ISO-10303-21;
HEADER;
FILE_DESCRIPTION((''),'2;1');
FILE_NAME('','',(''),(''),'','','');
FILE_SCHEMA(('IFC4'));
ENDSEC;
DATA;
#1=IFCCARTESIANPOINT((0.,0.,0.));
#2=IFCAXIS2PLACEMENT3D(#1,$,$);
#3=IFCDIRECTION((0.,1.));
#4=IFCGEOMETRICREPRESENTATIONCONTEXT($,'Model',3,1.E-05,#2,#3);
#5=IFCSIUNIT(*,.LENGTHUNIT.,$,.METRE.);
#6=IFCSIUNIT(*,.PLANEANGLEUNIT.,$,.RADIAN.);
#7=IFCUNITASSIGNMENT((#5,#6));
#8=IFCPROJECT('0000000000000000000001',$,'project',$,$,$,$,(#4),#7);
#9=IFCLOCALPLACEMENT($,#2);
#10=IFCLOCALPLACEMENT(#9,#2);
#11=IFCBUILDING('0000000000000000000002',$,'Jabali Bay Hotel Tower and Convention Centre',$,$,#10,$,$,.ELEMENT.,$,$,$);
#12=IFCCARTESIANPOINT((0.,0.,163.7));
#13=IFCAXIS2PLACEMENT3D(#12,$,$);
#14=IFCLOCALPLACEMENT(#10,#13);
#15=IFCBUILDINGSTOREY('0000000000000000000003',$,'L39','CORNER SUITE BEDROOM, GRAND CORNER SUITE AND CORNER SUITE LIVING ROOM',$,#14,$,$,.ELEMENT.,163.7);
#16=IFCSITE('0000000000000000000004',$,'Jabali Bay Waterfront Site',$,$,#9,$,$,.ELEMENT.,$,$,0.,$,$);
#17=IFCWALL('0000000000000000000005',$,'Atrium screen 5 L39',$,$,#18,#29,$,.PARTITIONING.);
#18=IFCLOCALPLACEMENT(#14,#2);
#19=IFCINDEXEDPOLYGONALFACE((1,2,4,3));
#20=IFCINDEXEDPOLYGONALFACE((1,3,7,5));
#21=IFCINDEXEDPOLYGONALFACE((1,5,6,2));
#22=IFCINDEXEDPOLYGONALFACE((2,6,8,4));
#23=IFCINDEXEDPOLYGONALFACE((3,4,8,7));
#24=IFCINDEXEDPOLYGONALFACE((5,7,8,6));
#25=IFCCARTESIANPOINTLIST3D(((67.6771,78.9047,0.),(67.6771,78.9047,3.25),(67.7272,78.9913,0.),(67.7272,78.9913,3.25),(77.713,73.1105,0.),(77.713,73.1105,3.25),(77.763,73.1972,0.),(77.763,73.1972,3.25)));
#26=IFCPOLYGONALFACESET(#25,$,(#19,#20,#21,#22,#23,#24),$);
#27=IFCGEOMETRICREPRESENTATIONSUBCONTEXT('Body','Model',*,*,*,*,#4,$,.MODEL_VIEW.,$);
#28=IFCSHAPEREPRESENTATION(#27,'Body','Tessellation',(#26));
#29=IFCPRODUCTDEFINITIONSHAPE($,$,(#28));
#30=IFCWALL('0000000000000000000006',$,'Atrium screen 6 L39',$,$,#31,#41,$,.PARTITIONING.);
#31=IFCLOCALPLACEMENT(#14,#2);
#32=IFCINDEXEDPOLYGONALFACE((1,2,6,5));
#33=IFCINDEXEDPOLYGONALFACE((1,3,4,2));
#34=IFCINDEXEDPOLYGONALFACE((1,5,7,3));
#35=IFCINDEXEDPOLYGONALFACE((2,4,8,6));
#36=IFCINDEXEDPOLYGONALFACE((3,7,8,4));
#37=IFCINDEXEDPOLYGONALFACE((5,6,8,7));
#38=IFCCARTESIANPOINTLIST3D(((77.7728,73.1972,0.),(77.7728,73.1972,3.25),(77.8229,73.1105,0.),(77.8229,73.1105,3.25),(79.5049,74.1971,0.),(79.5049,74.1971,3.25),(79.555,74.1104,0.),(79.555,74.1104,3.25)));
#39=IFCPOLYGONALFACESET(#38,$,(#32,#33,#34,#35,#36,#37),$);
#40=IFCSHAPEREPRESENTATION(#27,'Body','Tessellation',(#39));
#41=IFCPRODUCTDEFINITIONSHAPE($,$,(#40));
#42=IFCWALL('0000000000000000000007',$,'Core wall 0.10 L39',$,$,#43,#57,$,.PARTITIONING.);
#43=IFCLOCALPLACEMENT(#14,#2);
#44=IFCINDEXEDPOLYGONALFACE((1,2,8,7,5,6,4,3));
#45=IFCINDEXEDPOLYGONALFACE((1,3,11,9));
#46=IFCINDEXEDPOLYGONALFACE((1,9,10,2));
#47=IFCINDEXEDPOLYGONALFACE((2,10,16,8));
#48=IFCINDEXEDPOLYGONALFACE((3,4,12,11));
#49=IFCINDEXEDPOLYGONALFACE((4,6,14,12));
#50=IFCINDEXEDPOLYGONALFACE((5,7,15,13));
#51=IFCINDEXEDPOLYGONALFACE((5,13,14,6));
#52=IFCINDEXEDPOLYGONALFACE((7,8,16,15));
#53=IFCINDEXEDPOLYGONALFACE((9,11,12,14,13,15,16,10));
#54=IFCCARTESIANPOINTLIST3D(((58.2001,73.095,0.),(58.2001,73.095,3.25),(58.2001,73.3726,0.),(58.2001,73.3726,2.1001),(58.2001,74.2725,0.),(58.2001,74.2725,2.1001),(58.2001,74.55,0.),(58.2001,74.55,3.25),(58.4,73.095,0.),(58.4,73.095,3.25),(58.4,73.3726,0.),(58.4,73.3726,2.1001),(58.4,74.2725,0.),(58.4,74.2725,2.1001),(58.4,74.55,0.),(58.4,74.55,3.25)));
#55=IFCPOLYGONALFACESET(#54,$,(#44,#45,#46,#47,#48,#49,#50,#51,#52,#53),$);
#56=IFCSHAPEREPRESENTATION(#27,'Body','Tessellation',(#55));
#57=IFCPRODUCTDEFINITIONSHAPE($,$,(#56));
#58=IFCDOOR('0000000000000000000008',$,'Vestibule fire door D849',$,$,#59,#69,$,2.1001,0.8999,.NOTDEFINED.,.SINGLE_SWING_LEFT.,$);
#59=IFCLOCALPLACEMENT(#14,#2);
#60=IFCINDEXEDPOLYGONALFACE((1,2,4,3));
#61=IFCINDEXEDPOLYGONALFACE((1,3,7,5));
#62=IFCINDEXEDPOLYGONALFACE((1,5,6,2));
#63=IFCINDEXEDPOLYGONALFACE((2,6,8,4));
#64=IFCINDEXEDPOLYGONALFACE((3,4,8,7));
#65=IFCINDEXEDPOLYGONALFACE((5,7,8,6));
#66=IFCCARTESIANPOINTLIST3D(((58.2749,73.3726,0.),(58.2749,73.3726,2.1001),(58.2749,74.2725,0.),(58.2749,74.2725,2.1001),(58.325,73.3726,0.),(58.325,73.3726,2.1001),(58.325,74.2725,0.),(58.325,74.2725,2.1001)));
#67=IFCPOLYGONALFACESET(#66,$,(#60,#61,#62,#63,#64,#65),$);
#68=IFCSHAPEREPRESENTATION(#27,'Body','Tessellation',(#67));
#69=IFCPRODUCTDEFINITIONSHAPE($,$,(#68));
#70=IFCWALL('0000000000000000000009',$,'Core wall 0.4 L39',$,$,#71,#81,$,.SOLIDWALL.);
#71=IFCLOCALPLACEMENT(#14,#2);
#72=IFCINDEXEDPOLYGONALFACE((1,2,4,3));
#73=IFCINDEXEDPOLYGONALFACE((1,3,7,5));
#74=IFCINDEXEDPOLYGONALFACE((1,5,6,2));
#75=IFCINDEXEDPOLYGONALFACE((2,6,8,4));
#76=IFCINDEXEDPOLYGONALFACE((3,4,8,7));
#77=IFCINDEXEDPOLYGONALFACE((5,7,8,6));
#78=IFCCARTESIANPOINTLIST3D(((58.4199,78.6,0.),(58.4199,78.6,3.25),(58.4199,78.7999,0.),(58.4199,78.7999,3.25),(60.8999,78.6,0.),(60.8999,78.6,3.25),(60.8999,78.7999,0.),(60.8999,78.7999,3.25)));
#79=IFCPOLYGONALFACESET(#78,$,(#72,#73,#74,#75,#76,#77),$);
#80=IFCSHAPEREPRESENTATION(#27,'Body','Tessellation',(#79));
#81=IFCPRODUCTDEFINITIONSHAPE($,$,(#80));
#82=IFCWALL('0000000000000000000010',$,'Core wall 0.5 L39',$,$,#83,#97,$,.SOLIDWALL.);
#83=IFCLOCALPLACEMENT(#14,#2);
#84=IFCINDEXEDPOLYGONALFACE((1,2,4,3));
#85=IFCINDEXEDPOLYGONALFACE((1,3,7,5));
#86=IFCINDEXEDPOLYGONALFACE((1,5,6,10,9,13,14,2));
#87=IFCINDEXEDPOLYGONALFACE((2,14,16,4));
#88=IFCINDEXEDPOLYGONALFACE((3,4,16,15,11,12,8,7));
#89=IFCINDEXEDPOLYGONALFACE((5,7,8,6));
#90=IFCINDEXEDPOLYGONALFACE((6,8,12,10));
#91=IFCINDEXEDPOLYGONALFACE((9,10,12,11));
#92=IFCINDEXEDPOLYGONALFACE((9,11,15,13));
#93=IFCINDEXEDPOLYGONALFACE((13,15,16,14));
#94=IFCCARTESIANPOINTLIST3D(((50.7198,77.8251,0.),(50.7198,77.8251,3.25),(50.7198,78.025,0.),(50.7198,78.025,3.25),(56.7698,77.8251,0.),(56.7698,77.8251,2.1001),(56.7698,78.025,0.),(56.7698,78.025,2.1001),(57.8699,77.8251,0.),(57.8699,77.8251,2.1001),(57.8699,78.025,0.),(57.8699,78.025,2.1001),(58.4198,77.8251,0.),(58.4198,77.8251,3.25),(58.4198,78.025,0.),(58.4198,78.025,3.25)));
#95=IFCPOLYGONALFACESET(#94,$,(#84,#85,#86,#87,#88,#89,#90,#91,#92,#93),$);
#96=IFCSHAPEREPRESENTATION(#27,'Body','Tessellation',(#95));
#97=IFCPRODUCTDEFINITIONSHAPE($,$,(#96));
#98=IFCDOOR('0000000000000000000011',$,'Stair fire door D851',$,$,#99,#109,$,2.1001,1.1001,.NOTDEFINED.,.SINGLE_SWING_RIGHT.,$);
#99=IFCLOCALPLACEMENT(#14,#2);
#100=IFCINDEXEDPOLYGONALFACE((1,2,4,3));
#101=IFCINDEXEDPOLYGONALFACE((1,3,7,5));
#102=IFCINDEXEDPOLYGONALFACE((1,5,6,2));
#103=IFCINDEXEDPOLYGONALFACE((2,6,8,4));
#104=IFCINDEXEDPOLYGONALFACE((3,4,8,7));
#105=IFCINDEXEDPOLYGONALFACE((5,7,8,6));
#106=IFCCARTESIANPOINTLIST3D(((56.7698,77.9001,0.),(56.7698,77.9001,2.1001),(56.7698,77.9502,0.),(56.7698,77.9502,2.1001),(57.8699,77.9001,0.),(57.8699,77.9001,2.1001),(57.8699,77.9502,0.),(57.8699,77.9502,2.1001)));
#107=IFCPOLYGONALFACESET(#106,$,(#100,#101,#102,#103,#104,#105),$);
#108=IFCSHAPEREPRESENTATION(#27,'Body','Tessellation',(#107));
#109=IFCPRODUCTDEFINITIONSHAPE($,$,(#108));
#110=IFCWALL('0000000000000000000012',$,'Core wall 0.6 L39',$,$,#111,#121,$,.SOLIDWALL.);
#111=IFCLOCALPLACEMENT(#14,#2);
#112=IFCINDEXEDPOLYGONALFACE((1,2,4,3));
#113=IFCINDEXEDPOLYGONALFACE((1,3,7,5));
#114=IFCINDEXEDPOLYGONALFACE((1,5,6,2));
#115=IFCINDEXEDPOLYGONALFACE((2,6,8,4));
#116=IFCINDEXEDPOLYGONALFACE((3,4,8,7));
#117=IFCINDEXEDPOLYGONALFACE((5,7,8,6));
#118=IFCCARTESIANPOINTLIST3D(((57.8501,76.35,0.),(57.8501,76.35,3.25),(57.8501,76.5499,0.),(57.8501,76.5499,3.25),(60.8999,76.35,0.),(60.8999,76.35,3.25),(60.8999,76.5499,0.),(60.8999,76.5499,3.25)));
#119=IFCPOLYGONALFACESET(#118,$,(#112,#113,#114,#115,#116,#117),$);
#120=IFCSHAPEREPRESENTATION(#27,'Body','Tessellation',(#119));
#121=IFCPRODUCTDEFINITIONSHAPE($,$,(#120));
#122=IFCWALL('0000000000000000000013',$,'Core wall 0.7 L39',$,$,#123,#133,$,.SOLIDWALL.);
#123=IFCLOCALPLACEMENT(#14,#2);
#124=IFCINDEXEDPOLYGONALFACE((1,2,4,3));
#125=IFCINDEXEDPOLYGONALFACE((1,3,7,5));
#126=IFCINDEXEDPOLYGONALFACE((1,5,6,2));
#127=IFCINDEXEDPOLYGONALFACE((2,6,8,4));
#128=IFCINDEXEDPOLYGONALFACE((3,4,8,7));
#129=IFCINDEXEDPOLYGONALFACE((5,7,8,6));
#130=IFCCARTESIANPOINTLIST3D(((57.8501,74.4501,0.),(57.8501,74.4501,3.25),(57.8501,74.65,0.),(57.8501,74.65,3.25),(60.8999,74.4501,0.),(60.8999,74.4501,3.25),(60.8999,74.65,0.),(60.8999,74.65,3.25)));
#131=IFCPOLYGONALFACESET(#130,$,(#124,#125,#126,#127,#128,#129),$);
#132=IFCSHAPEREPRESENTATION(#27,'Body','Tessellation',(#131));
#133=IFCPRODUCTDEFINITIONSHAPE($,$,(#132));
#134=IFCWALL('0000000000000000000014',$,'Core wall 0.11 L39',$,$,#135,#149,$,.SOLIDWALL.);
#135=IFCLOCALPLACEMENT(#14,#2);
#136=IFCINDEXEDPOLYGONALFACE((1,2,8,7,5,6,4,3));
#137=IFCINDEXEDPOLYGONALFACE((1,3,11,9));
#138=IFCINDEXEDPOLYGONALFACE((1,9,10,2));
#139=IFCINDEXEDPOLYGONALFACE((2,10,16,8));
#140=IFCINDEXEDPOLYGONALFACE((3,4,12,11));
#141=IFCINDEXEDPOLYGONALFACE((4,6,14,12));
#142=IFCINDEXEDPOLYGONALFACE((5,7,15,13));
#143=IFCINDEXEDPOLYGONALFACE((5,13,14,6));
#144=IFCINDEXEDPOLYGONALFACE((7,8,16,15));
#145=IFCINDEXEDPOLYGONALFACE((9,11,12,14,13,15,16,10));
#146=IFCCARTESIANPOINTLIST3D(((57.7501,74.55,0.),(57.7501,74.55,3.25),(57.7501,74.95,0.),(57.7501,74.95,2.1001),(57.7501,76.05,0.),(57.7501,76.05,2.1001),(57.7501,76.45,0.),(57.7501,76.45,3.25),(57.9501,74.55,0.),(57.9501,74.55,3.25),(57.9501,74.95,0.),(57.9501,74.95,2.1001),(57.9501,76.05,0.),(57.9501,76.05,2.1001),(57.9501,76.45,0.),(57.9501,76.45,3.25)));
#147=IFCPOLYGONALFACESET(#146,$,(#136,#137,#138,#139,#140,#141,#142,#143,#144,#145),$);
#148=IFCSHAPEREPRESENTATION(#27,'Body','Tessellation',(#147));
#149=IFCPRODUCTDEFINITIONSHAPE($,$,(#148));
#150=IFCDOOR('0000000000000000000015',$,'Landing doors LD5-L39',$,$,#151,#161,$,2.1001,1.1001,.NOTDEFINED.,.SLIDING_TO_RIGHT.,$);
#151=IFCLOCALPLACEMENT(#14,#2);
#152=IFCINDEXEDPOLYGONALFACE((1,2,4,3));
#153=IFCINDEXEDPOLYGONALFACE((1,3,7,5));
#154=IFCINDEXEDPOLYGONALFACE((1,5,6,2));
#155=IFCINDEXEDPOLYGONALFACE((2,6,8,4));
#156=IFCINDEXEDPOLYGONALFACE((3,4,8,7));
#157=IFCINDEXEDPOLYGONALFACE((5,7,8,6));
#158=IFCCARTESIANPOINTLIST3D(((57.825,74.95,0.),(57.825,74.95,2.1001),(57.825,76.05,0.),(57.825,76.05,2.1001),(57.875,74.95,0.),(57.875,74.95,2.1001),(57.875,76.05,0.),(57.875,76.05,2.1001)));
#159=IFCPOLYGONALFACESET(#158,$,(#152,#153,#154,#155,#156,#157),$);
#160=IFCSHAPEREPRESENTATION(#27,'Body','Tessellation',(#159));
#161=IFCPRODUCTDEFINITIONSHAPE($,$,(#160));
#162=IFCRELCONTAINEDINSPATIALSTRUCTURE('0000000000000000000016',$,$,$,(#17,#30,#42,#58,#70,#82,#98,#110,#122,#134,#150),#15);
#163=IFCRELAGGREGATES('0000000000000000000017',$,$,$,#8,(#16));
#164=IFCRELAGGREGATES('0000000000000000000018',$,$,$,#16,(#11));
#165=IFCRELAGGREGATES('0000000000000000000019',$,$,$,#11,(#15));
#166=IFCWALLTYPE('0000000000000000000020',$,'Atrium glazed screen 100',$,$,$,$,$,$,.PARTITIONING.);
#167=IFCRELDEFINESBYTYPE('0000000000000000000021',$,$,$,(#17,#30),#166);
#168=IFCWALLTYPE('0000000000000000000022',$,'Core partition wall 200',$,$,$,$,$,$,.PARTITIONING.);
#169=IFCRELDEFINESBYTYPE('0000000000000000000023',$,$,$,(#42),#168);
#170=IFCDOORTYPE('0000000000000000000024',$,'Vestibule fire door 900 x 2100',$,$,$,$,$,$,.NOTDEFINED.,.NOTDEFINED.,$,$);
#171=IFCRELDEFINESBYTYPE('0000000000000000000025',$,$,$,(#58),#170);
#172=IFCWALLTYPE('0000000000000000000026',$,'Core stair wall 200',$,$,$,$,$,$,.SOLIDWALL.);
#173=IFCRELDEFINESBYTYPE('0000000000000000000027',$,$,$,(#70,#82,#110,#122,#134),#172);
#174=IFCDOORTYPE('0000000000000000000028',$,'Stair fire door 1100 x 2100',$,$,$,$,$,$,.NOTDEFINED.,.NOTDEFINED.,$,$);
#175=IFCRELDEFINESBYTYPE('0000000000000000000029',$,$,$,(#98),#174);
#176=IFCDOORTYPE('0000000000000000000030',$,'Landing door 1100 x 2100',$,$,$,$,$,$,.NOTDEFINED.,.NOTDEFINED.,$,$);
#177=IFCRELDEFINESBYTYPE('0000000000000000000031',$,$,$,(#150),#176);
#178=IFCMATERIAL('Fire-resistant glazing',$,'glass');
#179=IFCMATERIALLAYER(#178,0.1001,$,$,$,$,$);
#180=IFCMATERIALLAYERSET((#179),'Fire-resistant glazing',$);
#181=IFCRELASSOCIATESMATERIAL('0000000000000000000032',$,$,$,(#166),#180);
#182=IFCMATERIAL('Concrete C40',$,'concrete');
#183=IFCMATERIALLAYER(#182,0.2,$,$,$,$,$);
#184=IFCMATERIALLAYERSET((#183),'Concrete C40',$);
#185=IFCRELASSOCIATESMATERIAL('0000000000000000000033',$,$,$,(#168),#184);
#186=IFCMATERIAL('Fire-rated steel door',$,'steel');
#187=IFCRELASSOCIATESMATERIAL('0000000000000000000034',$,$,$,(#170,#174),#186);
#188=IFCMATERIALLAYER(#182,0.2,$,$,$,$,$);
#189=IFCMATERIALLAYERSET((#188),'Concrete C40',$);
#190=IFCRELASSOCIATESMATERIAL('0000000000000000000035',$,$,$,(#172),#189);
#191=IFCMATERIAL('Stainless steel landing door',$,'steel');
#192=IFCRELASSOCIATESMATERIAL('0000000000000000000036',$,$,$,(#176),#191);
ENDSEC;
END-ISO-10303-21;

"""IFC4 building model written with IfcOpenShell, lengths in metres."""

from ifc_helpers import new_model, si_unit, direction, frame, frame_2d, origin, place, context, subcontext, project, spatial, rectangle, extrude, material, layer, layer_set, type_object, element, fill, save


model = new_model("IFC4")

# Units and contexts
model_context = context("Model", 3, precision=1e-05, world=origin(), true_north=direction((0.0, 1.0)))
body_context = subcontext(model_context, "Body", "Model", "MODEL_VIEW")
ifc_project = project(units=[si_unit("LENGTHUNIT", "METRE"), si_unit("PLANEANGLEUNIT", "RADIAN")], contexts=[model_context])

# Site, building, storey
site_placement = place(None, origin())
site = spatial("IfcSite", under=ifc_project, at=site_placement, Name="Jabali Bay Waterfront Site", CompositionType="ELEMENT", RefElevation=0.0)
building_placement = place(site_placement, origin())
building = spatial("IfcBuilding", under=site, at=building_placement, Name="Jabali Bay Hotel Tower and Convention Centre", CompositionType="ELEMENT")
storey_placement = place(building_placement, frame((0.0, 0.0, 163.7)))
storey = spatial("IfcBuildingStorey", under=building, at=storey_placement, Name="L39", Description="CORNER SUITE BEDROOM, GRAND CORNER SUITE AND CORNER SUITE LIVING ROOM", CompositionType="ELEMENT", Elevation=163.7)

# Walls
ifc_material_1 = material(Name="Fire-resistant glazing", Category="glass")
ifc_layer_1 = layer(ifc_material_1, 0.1001)
ifc_layer_set_1 = layer_set([ifc_layer_1], Name="Fire-resistant glazing")
wall_type_1 = type_object("IfcWallType", Name="Atrium glazed screen 100", PredefinedType="PARTITIONING", material=ifc_layer_set_1)
wall_1_placement = place(storey_placement, frame((67.7021, 78.948, 0.0), z_axis=(0.0, 0.0, 1.0), x_axis=(0.866027, -0.499998, 0.0)))
element("IfcWall", 1, at=wall_1_placement, inside=storey, type_object=wall_type_1, Name="Atrium screen 5 L39", PredefinedType="PARTITIONING", context=body_context, shape_type="SweptSolid", body=[
    extrude(rectangle(XDim=11.5884, YDim=0.1001, at=frame_2d((5.7942, 0.0))), origin(), (0.0, 0.0, 1.0), 3.25),
])
wall_2_placement = place(storey_placement, frame((77.7979, 73.1538, 0.0), z_axis=(0.0, 0.0, 1.0), x_axis=(0.866041, 0.499973, 0.0)))
element("IfcWall", 2, at=wall_2_placement, inside=storey, type_object=wall_type_1, Name="Atrium screen 6 L39", PredefinedType="PARTITIONING", context=body_context, shape_type="SweptSolid", body=[
    extrude(rectangle(XDim=2.0, YDim=0.1001, at=frame_2d((1.0, 0.0))), origin(), (0.0, 0.0, 1.0), 3.25),
])

# Wall, opening, door
ifc_material_2 = material(Name="Concrete C40", Category="concrete")
ifc_layer_2 = layer(ifc_material_2, 0.2)
ifc_layer_set_2 = layer_set([ifc_layer_2], Name="Concrete C40")
wall_type_2 = type_object("IfcWallType", Name="Core partition wall 200", PredefinedType="PARTITIONING", material=ifc_layer_set_2)
wall_3_placement = place(storey_placement, frame((58.3, 74.55, 0.0), z_axis=(0.0, 0.0, 1.0), x_axis=(0.0, -1.0, 0.0)))
wall_3 = element("IfcWall", 3, at=wall_3_placement, inside=storey, type_object=wall_type_2, Name="Core wall 0.10 L39", PredefinedType="PARTITIONING", context=body_context, shape_type="SweptSolid", body=[
    extrude(rectangle(XDim=1.4551, YDim=0.2, at=frame_2d((0.7275, 0.0))), origin(), (0.0, 0.0, 1.0), 3.25),
])
opening_1_placement = place(wall_3_placement, frame((0.2776, 0.0, 0.0)))
opening_1 = element("IfcOpeningElement", 4, at=opening_1_placement, cuts=wall_3, PredefinedType="OPENING", context=body_context, shape_type="SweptSolid", body=[
    extrude(rectangle(XDim=0.8999, YDim=2.1001, at=frame_2d((0.45, 1.05))), frame((0.0, 0.1104, 0.0), z_axis=(0.0, -1.0, 0.0), x_axis=(1.0, 0.0, 0.0)), (0.0, 0.0, 1.0), 0.2209),
])
ifc_material_3 = material(Name="Fire-rated steel door", Category="steel")
door_type_1 = type_object("IfcDoorType", Name="Vestibule fire door 900 x 2100", OperationType="NOTDEFINED", PredefinedType="NOTDEFINED", material=ifc_material_3)
door_1_placement = place(opening_1_placement, origin())
door_1 = element("IfcDoor", 5, at=door_1_placement, inside=storey, type_object=door_type_1, Name="Vestibule fire door D849", OperationType="SINGLE_SWING_LEFT", OverallHeight=2.1001, OverallWidth=0.8999, PredefinedType="NOTDEFINED", context=body_context, shape_type="SweptSolid", body=[
    extrude(rectangle(XDim=0.8999, YDim=2.1001, at=frame_2d((0.45, 1.05))), frame((0.0, 0.0249, 0.0), z_axis=(0.0, -1.0, 0.0), x_axis=(1.0, 0.0, 0.0)), (0.0, 0.0, 1.0), 0.05),
])
fill(opening_1, door_1)

# Wall
ifc_layer_3 = layer(ifc_material_2, 0.2)
ifc_layer_set_3 = layer_set([ifc_layer_3], Name="Concrete C40")
wall_type_3 = type_object("IfcWallType", Name="Core stair wall 200", PredefinedType="SOLIDWALL", material=ifc_layer_set_3)
wall_4_placement = place(storey_placement, frame((60.8999, 78.7, 0.0), z_axis=(0.0, 0.0, 1.0), x_axis=(-1.0, 0.0, 0.0)))
element("IfcWall", 6, at=wall_4_placement, inside=storey, type_object=wall_type_3, Name="Core wall 0.4 L39", PredefinedType="SOLIDWALL", context=body_context, shape_type="SweptSolid", body=[
    extrude(rectangle(XDim=2.48, YDim=0.2, at=frame_2d((1.24, 0.0))), origin(), (0.0, 0.0, 1.0), 3.25),
])

# Wall, opening, door
wall_5_placement = place(storey_placement, frame((58.4199, 77.925, 0.0), z_axis=(0.0, 0.0, 1.0), x_axis=(-1.0, 0.0, 0.0)))
wall_5 = element("IfcWall", 7, at=wall_5_placement, inside=storey, type_object=wall_type_3, Name="Core wall 0.5 L39", PredefinedType="SOLIDWALL", context=body_context, shape_type="SweptSolid", body=[
    extrude(rectangle(XDim=7.7, YDim=0.2, at=frame_2d((3.8501, 0.0))), origin(), (0.0, 0.0, 1.0), 3.25),
])
opening_2_placement = place(wall_5_placement, frame((0.55, 0.0, 0.0)))
opening_2 = element("IfcOpeningElement", 8, at=opening_2_placement, cuts=wall_5, PredefinedType="OPENING", context=body_context, shape_type="SweptSolid", body=[
    extrude(rectangle(XDim=1.1001, YDim=2.1001, at=frame_2d((0.55, 1.05))), frame((0.0, 0.1104, 0.0), z_axis=(0.0, -1.0, 0.0), x_axis=(1.0, 0.0, 0.0)), (0.0, 0.0, 1.0), 0.2209),
])
door_type_2 = type_object("IfcDoorType", Name="Stair fire door 1100 x 2100", OperationType="NOTDEFINED", PredefinedType="NOTDEFINED", material=ifc_material_3)
door_2_placement = place(opening_2_placement, origin())
door_2 = element("IfcDoor", 9, at=door_2_placement, inside=storey, type_object=door_type_2, Name="Stair fire door D851", OperationType="SINGLE_SWING_RIGHT", OverallHeight=2.1001, OverallWidth=1.1001, PredefinedType="NOTDEFINED", context=body_context, shape_type="SweptSolid", body=[
    extrude(rectangle(XDim=1.1001, YDim=2.1001, at=frame_2d((0.55, 1.05))), frame((0.0, 0.0249, 0.0), z_axis=(0.0, -1.0, 0.0), x_axis=(1.0, 0.0, 0.0)), (0.0, 0.0, 1.0), 0.05),
])
fill(opening_2, door_2)

# Walls
for number, where, z_axis, x_axis, name in (
    (10, (60.8999, 76.45, 0.0), (0.0, 0.0, 1.0), (-1.0, 0.0, 0.0), "Core wall 0.6 L39"),
    (11, (60.8999, 74.55, 0.0), (0.0, 0.0, 1.0), (-1.0, 0.0, 0.0), "Core wall 0.7 L39"),
):
    element("IfcWall", number, at=place(storey_placement, frame(where, z_axis=z_axis, x_axis=x_axis)), inside=storey, type_object=wall_type_3, Name=name, PredefinedType="SOLIDWALL", context=body_context, shape_type="SweptSolid", body=[
        extrude(rectangle(XDim=3.0498, YDim=0.2, at=frame_2d((1.5249, 0.0))), origin(), (0.0, 0.0, 1.0), 3.25),
    ])

# Wall, opening, door
wall_6_placement = place(storey_placement, frame((57.8501, 76.45, 0.0), z_axis=(0.0, 0.0, 1.0), x_axis=(0.0, -1.0, 0.0)))
wall_6 = element("IfcWall", 12, at=wall_6_placement, inside=storey, type_object=wall_type_3, Name="Core wall 0.11 L39", PredefinedType="SOLIDWALL", context=body_context, shape_type="SweptSolid", body=[
    extrude(rectangle(XDim=1.8999, YDim=0.2, at=frame_2d((0.95, 0.0))), origin(), (0.0, 0.0, 1.0), 3.25),
])
opening_3_placement = place(wall_6_placement, frame((0.3999, 0.0, 0.0)))
opening_3 = element("IfcOpeningElement", 13, at=opening_3_placement, cuts=wall_6, PredefinedType="OPENING", context=body_context, shape_type="SweptSolid", body=[
    extrude(rectangle(XDim=1.1001, YDim=2.1001, at=frame_2d((0.55, 1.05))), frame((0.0, 0.1104, 0.0), z_axis=(0.0, -1.0, 0.0), x_axis=(1.0, 0.0, 0.0)), (0.0, 0.0, 1.0), 0.2209),
])
ifc_material_4 = material(Name="Stainless steel landing door", Category="steel")
door_type_3 = type_object("IfcDoorType", Name="Landing door 1100 x 2100", OperationType="NOTDEFINED", PredefinedType="NOTDEFINED", material=ifc_material_4)
door_3_placement = place(opening_3_placement, origin())
door_3 = element("IfcDoor", 14, at=door_3_placement, inside=storey, type_object=door_type_3, Name="Landing doors LD5-L39", OperationType="SLIDING_TO_RIGHT", OverallHeight=2.1001, OverallWidth=1.1001, PredefinedType="NOTDEFINED", context=body_context, shape_type="SweptSolid", body=[
    extrude(rectangle(XDim=1.1001, YDim=2.1001, at=frame_2d((0.55, 1.05))), frame((0.0, 0.0249, 0.0), z_axis=(0.0, -1.0, 0.0), x_axis=(1.0, 0.0, 0.0)), (0.0, 0.0, 1.0), 0.05),
])
fill(opening_3, door_3)

save(model, "model.ifc")
